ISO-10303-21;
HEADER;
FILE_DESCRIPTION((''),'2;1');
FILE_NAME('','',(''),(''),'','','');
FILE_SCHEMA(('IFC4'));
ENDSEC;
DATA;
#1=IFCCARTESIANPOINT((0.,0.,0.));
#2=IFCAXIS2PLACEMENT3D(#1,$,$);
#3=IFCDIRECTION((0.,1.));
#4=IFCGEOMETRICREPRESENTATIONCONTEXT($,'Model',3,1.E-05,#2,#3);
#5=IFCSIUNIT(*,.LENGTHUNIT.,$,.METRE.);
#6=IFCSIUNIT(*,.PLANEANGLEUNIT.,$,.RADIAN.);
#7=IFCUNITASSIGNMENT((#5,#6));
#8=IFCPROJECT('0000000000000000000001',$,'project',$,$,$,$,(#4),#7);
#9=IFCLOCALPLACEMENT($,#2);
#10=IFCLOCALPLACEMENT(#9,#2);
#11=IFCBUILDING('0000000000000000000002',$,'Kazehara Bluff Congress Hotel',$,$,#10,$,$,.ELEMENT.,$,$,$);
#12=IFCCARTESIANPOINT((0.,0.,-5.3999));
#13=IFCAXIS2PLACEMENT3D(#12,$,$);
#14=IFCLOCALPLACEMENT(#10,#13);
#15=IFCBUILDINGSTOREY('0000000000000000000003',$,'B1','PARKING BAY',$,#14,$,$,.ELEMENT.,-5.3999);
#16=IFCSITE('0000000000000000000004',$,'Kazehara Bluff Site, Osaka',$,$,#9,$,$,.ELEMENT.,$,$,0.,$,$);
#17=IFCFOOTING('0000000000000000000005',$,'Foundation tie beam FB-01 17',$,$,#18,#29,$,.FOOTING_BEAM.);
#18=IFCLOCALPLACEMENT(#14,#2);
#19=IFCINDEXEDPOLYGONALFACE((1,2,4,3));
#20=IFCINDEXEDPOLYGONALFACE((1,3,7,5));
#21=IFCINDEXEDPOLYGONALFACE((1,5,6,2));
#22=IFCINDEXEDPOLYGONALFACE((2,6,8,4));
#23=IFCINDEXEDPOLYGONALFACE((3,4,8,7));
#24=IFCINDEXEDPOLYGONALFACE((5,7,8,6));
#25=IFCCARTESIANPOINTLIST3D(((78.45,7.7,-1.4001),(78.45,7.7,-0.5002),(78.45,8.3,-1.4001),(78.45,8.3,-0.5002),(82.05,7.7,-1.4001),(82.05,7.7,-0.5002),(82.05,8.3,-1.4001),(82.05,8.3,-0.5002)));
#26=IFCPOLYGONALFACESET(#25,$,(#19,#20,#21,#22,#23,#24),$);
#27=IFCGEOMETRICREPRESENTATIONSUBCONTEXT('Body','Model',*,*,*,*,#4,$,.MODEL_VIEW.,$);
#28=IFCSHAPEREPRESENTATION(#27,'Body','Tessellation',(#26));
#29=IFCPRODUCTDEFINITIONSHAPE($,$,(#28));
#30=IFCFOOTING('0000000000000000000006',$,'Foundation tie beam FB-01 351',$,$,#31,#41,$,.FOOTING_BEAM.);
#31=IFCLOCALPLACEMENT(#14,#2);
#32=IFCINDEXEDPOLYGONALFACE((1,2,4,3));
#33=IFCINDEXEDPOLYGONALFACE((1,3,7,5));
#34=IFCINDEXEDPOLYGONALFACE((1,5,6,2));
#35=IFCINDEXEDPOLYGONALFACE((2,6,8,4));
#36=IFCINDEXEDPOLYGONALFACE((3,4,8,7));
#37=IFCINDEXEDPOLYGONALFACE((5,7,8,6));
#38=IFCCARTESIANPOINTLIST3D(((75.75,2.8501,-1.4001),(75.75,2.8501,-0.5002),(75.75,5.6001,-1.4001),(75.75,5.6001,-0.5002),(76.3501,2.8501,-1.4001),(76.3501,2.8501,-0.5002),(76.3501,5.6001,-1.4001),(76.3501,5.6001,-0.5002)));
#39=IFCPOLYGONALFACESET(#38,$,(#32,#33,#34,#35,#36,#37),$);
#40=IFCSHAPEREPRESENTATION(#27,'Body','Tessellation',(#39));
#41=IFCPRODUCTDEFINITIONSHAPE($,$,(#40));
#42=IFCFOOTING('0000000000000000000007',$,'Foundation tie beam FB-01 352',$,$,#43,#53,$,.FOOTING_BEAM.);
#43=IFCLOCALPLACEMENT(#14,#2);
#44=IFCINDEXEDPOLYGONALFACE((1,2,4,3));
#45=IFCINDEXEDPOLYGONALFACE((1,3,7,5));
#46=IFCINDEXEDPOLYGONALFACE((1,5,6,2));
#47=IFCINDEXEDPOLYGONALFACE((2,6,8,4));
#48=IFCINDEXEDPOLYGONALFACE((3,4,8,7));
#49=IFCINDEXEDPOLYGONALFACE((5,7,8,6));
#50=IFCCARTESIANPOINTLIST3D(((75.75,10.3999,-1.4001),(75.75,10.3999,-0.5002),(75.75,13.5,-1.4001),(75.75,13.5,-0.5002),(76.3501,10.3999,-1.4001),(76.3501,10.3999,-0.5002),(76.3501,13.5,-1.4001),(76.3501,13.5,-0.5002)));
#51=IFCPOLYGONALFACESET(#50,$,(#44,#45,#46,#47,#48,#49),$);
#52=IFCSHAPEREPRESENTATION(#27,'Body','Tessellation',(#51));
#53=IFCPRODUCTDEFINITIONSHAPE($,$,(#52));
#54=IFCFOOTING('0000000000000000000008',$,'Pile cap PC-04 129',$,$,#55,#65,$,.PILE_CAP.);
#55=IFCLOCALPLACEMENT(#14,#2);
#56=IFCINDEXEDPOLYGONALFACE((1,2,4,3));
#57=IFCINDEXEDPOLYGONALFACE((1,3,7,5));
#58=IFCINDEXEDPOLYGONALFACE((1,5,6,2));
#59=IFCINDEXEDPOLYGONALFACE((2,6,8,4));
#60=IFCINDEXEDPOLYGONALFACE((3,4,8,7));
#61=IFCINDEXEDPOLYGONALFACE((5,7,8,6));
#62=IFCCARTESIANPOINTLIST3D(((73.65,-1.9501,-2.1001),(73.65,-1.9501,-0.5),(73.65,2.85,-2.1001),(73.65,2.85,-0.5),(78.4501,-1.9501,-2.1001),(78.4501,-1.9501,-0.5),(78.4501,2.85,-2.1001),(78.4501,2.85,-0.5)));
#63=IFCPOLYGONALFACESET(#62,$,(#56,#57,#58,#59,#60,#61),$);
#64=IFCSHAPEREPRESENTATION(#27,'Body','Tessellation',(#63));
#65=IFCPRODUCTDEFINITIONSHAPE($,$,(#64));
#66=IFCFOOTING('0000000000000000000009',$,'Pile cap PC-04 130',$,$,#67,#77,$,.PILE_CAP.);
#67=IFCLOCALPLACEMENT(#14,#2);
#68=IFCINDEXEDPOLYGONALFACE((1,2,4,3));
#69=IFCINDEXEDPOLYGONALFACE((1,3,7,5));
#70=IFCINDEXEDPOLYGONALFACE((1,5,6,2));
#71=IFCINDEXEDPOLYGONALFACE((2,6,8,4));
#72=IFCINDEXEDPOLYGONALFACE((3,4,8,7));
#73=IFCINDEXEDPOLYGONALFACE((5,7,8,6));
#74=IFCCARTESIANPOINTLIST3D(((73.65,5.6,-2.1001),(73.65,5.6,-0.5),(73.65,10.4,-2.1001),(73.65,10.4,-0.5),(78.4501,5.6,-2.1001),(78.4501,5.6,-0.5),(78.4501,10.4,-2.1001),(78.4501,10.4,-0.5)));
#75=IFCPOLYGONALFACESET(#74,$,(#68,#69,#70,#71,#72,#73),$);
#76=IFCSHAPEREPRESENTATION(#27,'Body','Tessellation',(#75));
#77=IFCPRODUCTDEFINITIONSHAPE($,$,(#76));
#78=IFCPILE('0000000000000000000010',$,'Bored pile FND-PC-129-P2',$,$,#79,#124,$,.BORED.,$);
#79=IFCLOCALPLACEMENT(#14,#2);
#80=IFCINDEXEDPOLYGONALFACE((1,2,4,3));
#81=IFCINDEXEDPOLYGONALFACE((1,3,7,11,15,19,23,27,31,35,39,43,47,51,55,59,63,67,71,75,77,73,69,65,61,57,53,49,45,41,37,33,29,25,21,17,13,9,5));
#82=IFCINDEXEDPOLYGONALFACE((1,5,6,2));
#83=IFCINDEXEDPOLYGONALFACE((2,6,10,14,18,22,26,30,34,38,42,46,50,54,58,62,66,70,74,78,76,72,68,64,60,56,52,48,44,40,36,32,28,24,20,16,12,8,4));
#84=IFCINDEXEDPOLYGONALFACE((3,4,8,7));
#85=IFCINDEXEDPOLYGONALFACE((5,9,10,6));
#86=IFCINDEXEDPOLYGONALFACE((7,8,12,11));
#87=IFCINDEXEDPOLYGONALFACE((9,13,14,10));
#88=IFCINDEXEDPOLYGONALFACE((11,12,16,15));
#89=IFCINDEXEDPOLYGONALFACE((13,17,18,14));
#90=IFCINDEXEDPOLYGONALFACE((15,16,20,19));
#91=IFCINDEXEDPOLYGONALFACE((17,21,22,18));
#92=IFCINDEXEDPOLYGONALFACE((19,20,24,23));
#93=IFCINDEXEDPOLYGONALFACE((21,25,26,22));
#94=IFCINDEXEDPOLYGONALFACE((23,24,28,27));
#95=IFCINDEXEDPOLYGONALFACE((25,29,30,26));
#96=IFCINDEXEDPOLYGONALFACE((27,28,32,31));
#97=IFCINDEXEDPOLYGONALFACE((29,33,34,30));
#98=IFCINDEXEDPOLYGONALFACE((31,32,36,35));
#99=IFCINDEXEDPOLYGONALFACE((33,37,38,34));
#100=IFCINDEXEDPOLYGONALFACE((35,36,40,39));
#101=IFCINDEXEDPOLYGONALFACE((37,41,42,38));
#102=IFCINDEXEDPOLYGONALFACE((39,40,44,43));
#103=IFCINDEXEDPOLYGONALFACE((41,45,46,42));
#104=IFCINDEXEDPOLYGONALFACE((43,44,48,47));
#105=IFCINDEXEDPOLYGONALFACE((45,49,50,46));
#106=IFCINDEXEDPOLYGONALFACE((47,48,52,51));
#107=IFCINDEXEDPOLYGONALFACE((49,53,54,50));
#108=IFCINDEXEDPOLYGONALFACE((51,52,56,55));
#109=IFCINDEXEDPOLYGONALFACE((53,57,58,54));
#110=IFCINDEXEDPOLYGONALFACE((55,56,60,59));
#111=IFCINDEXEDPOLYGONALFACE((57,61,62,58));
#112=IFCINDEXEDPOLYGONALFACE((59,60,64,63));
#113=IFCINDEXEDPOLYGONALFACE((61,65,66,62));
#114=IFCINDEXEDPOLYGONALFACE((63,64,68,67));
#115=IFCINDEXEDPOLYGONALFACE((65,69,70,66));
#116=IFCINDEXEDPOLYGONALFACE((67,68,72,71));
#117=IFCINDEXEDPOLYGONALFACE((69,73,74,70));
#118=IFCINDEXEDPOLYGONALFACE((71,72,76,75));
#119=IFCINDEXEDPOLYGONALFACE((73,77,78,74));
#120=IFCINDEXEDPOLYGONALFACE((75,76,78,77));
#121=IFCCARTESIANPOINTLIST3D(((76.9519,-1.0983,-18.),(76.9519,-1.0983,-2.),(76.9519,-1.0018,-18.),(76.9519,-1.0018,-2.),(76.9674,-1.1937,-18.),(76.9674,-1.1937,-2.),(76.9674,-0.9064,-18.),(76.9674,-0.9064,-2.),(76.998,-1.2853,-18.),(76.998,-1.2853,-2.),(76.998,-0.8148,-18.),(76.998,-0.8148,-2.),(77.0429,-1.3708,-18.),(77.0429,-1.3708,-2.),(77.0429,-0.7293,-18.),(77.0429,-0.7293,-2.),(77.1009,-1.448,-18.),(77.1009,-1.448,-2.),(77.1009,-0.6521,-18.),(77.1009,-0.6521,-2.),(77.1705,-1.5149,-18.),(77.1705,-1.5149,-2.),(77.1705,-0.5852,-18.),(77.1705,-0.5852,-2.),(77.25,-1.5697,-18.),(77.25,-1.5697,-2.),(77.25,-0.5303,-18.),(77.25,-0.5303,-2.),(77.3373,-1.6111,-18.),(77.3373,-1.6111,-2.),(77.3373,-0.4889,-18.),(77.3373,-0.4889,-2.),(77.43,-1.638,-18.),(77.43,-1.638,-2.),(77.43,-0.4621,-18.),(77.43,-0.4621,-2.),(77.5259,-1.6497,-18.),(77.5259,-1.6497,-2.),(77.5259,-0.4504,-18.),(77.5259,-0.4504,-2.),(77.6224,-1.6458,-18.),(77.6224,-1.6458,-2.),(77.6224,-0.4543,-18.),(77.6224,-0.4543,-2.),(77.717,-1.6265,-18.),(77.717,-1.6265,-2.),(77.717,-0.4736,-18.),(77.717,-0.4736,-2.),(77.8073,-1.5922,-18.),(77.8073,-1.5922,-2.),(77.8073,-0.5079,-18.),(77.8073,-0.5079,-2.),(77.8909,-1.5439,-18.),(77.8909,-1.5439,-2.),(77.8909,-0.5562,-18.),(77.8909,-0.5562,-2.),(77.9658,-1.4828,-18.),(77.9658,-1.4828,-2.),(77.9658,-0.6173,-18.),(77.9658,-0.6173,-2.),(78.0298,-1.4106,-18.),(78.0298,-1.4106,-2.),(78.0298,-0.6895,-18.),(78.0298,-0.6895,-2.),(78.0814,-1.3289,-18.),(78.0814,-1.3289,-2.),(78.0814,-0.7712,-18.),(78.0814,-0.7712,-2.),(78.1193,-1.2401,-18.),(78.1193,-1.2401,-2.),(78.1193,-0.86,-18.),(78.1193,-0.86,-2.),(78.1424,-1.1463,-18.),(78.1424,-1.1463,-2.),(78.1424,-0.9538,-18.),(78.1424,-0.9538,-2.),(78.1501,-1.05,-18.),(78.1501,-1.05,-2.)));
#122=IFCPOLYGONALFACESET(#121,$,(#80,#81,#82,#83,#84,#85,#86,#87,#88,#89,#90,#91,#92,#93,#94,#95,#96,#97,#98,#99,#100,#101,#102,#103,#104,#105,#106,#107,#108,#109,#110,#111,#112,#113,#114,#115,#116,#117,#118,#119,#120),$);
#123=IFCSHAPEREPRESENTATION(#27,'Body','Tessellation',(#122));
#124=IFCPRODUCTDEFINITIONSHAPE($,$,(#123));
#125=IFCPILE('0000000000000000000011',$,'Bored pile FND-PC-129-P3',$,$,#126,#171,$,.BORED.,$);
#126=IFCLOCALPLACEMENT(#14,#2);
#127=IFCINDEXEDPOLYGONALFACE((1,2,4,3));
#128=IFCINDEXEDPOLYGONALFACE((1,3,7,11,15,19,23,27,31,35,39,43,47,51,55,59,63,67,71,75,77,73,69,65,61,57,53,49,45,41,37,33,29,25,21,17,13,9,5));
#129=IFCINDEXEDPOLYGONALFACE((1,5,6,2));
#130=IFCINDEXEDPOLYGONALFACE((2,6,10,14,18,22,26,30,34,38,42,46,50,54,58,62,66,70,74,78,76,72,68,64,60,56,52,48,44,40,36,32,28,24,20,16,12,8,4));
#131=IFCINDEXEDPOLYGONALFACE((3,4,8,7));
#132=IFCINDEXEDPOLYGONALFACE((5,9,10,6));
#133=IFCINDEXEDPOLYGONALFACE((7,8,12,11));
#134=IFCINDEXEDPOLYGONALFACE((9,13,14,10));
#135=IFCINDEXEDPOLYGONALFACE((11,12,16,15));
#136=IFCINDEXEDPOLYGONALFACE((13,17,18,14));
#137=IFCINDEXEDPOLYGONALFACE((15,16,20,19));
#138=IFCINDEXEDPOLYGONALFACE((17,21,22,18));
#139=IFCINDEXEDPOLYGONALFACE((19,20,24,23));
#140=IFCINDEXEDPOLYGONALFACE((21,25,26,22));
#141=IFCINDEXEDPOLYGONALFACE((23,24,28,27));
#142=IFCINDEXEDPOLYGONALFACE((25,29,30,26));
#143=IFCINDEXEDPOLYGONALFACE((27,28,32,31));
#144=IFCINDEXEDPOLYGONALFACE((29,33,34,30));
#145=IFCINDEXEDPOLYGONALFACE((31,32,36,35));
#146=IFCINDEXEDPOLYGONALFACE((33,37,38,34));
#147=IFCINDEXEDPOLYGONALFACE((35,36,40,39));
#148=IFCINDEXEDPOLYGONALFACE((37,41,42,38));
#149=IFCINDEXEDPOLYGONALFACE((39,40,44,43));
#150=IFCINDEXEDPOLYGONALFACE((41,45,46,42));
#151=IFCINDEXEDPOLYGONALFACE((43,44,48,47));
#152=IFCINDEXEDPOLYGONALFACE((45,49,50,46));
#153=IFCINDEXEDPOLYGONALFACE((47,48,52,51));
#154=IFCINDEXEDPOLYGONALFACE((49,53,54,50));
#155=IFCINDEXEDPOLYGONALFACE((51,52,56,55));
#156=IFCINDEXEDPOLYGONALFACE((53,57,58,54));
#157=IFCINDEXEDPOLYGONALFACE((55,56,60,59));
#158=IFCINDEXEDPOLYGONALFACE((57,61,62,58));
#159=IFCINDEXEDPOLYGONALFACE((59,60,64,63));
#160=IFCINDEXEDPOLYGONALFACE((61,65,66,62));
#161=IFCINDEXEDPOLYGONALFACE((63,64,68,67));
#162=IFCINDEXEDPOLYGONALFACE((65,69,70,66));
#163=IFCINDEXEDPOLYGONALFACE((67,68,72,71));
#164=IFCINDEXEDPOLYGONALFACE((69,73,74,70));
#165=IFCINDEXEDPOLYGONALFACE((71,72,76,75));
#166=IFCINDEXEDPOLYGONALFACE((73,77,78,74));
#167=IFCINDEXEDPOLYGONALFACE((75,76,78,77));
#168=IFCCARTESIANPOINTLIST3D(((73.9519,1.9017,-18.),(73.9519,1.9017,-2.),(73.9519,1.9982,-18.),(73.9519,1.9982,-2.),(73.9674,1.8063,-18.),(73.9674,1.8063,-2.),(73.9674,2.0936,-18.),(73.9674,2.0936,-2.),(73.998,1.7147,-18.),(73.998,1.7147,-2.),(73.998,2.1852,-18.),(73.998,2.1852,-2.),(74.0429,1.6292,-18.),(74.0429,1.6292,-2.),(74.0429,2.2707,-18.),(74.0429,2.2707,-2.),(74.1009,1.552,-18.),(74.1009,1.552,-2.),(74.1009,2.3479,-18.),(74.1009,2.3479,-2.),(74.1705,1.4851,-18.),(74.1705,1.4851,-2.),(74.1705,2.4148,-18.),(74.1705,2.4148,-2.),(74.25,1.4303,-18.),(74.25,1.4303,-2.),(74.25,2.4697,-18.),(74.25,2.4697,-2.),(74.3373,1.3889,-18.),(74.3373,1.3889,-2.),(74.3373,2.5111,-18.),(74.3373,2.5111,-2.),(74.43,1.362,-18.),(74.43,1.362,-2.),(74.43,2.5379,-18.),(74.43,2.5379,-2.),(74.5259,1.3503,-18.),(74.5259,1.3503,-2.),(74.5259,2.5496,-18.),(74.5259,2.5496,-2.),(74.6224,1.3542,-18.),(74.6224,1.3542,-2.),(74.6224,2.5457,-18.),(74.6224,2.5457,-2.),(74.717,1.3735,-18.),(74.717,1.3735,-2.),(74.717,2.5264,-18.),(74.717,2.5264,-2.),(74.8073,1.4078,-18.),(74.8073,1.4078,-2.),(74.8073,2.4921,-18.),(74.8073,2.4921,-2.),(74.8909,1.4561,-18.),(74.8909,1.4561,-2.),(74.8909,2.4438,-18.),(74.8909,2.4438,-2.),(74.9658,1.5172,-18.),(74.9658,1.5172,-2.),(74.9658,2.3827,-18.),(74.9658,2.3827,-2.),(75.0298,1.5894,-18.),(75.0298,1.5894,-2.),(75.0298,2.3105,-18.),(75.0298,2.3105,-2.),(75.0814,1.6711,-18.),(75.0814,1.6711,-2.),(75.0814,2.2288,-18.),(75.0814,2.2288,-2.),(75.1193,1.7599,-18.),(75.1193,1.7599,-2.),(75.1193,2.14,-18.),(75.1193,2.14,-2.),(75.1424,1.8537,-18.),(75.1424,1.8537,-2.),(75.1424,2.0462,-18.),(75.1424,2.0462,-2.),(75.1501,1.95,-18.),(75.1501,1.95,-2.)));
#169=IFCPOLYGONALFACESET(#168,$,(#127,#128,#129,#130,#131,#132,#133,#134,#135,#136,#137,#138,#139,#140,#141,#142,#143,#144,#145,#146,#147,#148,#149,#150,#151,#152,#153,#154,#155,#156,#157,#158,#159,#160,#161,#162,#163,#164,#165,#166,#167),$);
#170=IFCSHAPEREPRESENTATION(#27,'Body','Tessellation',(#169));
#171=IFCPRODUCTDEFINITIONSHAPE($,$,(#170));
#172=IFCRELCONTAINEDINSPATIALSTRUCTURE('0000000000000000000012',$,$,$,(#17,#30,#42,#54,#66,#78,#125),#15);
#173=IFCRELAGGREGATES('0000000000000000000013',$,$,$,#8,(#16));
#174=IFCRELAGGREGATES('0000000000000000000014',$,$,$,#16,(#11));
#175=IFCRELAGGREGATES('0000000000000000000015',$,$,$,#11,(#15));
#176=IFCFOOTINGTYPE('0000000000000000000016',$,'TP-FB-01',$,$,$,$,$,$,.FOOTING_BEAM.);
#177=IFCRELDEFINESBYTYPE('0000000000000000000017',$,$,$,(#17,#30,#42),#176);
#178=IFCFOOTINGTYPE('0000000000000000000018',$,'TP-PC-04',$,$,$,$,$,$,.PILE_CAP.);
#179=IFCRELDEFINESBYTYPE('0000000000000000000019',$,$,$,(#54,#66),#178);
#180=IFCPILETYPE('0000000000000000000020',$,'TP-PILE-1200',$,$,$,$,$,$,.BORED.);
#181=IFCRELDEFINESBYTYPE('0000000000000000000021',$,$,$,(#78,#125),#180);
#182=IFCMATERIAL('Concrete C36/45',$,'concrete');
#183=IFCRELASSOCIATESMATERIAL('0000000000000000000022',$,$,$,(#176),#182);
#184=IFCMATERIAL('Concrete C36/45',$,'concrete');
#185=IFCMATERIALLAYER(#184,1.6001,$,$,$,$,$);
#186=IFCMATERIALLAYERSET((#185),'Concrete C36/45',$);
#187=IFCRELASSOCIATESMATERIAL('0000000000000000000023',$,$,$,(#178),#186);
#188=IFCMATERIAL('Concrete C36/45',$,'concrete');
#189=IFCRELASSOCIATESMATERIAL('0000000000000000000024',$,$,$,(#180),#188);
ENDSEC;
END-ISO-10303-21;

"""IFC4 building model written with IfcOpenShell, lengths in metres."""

from ifc_helpers import new_model, si_unit, direction, frame, origin, origin_2d, place, context, subcontext, project, spatial, rectangle, circle, extrude, material, layer, layer_set, material_profile, profile_set, type_object, element, save


model = new_model("IFC4")

# Units and contexts
model_context = context("Model", 3, precision=1e-05, world=origin(), true_north=direction((0.0, 1.0)))
body_context = subcontext(model_context, "Body", "Model", "MODEL_VIEW")
ifc_project = project(units=[si_unit("LENGTHUNIT", "METRE"), si_unit("PLANEANGLEUNIT", "RADIAN")], contexts=[model_context])

# Site, building, storey
site_placement = place(None, origin())
site = spatial("IfcSite", under=ifc_project, at=site_placement, Name="Kazehara Bluff Site, Osaka", CompositionType="ELEMENT", RefElevation=0.0)
building_placement = place(site_placement, origin())
building = spatial("IfcBuilding", under=site, at=building_placement, Name="Kazehara Bluff Congress Hotel", CompositionType="ELEMENT")
storey_placement = place(building_placement, frame((0.0, 0.0, -5.3999)))
storey = spatial("IfcBuildingStorey", under=building, at=storey_placement, Name="B1", Description="PARKING BAY", CompositionType="ELEMENT", Elevation=-5.3999)

# Footings
ifc_material_1 = material(Name="Concrete C36/45", Category="concrete")
ifc_material_profile_1 = material_profile(ifc_material_1, rectangle(XDim=0.6001, YDim=0.8999, at=origin_2d()))
ifc_profile_set_1 = profile_set([ifc_material_profile_1], Name="Concrete C36/45")
footing_type_1 = type_object("IfcFootingType", Name="TP-FB-01", PredefinedType="FOOTING_BEAM", material=ifc_profile_set_1)
footing_1_placement = place(storey_placement, frame((78.45, 8.0, -0.9502), z_axis=(1.0, 0.0, 0.0), x_axis=(0.0, 1.0, 0.0)))
element("IfcFooting", 1, at=footing_1_placement, inside=storey, type_object=footing_type_1, Name="Foundation tie beam FB-01 17", PredefinedType="FOOTING_BEAM", context=body_context, shape_type="SweptSolid", body=[
    extrude(rectangle(XDim=0.6001, YDim=0.8999, at=origin_2d()), origin(), (0.0, 0.0, 1.0), 3.6001),
])
footing_2_placement = place(storey_placement, frame((76.05, 2.8501, -0.9502), z_axis=(0.0, 1.0, 0.0), x_axis=(-1.0, 0.0, 0.0)))
element("IfcFooting", 2, at=footing_2_placement, inside=storey, type_object=footing_type_1, Name="Foundation tie beam FB-01 351", PredefinedType="FOOTING_BEAM", context=body_context, shape_type="SweptSolid", body=[
    extrude(rectangle(XDim=0.6001, YDim=0.8999, at=origin_2d()), origin(), (0.0, 0.0, 1.0), 2.75),
])
footing_3_placement = place(storey_placement, frame((76.05, 10.3999, -0.9502), z_axis=(0.0, 1.0, 0.0), x_axis=(-1.0, 0.0, 0.0)))
element("IfcFooting", 3, at=footing_3_placement, inside=storey, type_object=footing_type_1, Name="Foundation tie beam FB-01 352", PredefinedType="FOOTING_BEAM", context=body_context, shape_type="SweptSolid", body=[
    extrude(rectangle(XDim=0.6001, YDim=0.8999, at=origin_2d()), origin(), (0.0, 0.0, 1.0), 3.1001),
])
ifc_material_2 = material(Name="Concrete C36/45", Category="concrete")
ifc_layer_1 = layer(ifc_material_2, 1.6001)
ifc_layer_set_1 = layer_set([ifc_layer_1], Name="Concrete C36/45")
footing_type_2 = type_object("IfcFootingType", Name="TP-PC-04", PredefinedType="PILE_CAP", material=ifc_layer_set_1)
for number, where, z_axis, x_axis, name in (
    (4, (76.05, 0.45, -2.1001), (0.0, 0.0, 1.0), (1.0, 0.0, 0.0), "Pile cap PC-04 129"),
    (5, (76.05, 8.0, -2.1001), (0.0, 0.0, 1.0), (1.0, 0.0, 0.0), "Pile cap PC-04 130"),
):
    element("IfcFooting", number, at=place(storey_placement, frame(where, z_axis=z_axis, x_axis=x_axis)), inside=storey, type_object=footing_type_2, Name=name, PredefinedType="PILE_CAP", context=body_context, shape_type="SweptSolid", body=[
        extrude(rectangle(XDim=4.8, YDim=4.8, at=origin_2d()), origin(), (0.0, 0.0, 1.0), 1.6001),
    ])

# Piles
ifc_material_3 = material(Name="Concrete C36/45", Category="concrete")
ifc_material_profile_2 = material_profile(ifc_material_3, circle(Radius=0.6001, at=origin_2d()))
ifc_profile_set_2 = profile_set([ifc_material_profile_2], Name="Concrete C36/45")
pile_type = type_object("IfcPileType", Name="TP-PILE-1200", PredefinedType="BORED", material=ifc_profile_set_2)
for number, where, z_axis, x_axis, name in (
    (6, (77.55, -1.05, -2.0), (0.0, 0.0, -1.0), (1.0, 0.0, 0.0), "Bored pile FND-PC-129-P2"),
    (7, (74.55, 1.95, -2.0), (0.0, 0.0, -1.0), (1.0, 0.0, 0.0), "Bored pile FND-PC-129-P3"),
):
    element("IfcPile", number, at=place(storey_placement, frame(where, z_axis=z_axis, x_axis=x_axis)), inside=storey, type_object=pile_type, Name=name, PredefinedType="BORED", context=body_context, shape_type="SweptSolid", body=[
        extrude(circle(Radius=0.6001, at=origin_2d()), origin(), (0.0, 0.0, 1.0), 16.0),
    ])

save(model, "model.ifc")
